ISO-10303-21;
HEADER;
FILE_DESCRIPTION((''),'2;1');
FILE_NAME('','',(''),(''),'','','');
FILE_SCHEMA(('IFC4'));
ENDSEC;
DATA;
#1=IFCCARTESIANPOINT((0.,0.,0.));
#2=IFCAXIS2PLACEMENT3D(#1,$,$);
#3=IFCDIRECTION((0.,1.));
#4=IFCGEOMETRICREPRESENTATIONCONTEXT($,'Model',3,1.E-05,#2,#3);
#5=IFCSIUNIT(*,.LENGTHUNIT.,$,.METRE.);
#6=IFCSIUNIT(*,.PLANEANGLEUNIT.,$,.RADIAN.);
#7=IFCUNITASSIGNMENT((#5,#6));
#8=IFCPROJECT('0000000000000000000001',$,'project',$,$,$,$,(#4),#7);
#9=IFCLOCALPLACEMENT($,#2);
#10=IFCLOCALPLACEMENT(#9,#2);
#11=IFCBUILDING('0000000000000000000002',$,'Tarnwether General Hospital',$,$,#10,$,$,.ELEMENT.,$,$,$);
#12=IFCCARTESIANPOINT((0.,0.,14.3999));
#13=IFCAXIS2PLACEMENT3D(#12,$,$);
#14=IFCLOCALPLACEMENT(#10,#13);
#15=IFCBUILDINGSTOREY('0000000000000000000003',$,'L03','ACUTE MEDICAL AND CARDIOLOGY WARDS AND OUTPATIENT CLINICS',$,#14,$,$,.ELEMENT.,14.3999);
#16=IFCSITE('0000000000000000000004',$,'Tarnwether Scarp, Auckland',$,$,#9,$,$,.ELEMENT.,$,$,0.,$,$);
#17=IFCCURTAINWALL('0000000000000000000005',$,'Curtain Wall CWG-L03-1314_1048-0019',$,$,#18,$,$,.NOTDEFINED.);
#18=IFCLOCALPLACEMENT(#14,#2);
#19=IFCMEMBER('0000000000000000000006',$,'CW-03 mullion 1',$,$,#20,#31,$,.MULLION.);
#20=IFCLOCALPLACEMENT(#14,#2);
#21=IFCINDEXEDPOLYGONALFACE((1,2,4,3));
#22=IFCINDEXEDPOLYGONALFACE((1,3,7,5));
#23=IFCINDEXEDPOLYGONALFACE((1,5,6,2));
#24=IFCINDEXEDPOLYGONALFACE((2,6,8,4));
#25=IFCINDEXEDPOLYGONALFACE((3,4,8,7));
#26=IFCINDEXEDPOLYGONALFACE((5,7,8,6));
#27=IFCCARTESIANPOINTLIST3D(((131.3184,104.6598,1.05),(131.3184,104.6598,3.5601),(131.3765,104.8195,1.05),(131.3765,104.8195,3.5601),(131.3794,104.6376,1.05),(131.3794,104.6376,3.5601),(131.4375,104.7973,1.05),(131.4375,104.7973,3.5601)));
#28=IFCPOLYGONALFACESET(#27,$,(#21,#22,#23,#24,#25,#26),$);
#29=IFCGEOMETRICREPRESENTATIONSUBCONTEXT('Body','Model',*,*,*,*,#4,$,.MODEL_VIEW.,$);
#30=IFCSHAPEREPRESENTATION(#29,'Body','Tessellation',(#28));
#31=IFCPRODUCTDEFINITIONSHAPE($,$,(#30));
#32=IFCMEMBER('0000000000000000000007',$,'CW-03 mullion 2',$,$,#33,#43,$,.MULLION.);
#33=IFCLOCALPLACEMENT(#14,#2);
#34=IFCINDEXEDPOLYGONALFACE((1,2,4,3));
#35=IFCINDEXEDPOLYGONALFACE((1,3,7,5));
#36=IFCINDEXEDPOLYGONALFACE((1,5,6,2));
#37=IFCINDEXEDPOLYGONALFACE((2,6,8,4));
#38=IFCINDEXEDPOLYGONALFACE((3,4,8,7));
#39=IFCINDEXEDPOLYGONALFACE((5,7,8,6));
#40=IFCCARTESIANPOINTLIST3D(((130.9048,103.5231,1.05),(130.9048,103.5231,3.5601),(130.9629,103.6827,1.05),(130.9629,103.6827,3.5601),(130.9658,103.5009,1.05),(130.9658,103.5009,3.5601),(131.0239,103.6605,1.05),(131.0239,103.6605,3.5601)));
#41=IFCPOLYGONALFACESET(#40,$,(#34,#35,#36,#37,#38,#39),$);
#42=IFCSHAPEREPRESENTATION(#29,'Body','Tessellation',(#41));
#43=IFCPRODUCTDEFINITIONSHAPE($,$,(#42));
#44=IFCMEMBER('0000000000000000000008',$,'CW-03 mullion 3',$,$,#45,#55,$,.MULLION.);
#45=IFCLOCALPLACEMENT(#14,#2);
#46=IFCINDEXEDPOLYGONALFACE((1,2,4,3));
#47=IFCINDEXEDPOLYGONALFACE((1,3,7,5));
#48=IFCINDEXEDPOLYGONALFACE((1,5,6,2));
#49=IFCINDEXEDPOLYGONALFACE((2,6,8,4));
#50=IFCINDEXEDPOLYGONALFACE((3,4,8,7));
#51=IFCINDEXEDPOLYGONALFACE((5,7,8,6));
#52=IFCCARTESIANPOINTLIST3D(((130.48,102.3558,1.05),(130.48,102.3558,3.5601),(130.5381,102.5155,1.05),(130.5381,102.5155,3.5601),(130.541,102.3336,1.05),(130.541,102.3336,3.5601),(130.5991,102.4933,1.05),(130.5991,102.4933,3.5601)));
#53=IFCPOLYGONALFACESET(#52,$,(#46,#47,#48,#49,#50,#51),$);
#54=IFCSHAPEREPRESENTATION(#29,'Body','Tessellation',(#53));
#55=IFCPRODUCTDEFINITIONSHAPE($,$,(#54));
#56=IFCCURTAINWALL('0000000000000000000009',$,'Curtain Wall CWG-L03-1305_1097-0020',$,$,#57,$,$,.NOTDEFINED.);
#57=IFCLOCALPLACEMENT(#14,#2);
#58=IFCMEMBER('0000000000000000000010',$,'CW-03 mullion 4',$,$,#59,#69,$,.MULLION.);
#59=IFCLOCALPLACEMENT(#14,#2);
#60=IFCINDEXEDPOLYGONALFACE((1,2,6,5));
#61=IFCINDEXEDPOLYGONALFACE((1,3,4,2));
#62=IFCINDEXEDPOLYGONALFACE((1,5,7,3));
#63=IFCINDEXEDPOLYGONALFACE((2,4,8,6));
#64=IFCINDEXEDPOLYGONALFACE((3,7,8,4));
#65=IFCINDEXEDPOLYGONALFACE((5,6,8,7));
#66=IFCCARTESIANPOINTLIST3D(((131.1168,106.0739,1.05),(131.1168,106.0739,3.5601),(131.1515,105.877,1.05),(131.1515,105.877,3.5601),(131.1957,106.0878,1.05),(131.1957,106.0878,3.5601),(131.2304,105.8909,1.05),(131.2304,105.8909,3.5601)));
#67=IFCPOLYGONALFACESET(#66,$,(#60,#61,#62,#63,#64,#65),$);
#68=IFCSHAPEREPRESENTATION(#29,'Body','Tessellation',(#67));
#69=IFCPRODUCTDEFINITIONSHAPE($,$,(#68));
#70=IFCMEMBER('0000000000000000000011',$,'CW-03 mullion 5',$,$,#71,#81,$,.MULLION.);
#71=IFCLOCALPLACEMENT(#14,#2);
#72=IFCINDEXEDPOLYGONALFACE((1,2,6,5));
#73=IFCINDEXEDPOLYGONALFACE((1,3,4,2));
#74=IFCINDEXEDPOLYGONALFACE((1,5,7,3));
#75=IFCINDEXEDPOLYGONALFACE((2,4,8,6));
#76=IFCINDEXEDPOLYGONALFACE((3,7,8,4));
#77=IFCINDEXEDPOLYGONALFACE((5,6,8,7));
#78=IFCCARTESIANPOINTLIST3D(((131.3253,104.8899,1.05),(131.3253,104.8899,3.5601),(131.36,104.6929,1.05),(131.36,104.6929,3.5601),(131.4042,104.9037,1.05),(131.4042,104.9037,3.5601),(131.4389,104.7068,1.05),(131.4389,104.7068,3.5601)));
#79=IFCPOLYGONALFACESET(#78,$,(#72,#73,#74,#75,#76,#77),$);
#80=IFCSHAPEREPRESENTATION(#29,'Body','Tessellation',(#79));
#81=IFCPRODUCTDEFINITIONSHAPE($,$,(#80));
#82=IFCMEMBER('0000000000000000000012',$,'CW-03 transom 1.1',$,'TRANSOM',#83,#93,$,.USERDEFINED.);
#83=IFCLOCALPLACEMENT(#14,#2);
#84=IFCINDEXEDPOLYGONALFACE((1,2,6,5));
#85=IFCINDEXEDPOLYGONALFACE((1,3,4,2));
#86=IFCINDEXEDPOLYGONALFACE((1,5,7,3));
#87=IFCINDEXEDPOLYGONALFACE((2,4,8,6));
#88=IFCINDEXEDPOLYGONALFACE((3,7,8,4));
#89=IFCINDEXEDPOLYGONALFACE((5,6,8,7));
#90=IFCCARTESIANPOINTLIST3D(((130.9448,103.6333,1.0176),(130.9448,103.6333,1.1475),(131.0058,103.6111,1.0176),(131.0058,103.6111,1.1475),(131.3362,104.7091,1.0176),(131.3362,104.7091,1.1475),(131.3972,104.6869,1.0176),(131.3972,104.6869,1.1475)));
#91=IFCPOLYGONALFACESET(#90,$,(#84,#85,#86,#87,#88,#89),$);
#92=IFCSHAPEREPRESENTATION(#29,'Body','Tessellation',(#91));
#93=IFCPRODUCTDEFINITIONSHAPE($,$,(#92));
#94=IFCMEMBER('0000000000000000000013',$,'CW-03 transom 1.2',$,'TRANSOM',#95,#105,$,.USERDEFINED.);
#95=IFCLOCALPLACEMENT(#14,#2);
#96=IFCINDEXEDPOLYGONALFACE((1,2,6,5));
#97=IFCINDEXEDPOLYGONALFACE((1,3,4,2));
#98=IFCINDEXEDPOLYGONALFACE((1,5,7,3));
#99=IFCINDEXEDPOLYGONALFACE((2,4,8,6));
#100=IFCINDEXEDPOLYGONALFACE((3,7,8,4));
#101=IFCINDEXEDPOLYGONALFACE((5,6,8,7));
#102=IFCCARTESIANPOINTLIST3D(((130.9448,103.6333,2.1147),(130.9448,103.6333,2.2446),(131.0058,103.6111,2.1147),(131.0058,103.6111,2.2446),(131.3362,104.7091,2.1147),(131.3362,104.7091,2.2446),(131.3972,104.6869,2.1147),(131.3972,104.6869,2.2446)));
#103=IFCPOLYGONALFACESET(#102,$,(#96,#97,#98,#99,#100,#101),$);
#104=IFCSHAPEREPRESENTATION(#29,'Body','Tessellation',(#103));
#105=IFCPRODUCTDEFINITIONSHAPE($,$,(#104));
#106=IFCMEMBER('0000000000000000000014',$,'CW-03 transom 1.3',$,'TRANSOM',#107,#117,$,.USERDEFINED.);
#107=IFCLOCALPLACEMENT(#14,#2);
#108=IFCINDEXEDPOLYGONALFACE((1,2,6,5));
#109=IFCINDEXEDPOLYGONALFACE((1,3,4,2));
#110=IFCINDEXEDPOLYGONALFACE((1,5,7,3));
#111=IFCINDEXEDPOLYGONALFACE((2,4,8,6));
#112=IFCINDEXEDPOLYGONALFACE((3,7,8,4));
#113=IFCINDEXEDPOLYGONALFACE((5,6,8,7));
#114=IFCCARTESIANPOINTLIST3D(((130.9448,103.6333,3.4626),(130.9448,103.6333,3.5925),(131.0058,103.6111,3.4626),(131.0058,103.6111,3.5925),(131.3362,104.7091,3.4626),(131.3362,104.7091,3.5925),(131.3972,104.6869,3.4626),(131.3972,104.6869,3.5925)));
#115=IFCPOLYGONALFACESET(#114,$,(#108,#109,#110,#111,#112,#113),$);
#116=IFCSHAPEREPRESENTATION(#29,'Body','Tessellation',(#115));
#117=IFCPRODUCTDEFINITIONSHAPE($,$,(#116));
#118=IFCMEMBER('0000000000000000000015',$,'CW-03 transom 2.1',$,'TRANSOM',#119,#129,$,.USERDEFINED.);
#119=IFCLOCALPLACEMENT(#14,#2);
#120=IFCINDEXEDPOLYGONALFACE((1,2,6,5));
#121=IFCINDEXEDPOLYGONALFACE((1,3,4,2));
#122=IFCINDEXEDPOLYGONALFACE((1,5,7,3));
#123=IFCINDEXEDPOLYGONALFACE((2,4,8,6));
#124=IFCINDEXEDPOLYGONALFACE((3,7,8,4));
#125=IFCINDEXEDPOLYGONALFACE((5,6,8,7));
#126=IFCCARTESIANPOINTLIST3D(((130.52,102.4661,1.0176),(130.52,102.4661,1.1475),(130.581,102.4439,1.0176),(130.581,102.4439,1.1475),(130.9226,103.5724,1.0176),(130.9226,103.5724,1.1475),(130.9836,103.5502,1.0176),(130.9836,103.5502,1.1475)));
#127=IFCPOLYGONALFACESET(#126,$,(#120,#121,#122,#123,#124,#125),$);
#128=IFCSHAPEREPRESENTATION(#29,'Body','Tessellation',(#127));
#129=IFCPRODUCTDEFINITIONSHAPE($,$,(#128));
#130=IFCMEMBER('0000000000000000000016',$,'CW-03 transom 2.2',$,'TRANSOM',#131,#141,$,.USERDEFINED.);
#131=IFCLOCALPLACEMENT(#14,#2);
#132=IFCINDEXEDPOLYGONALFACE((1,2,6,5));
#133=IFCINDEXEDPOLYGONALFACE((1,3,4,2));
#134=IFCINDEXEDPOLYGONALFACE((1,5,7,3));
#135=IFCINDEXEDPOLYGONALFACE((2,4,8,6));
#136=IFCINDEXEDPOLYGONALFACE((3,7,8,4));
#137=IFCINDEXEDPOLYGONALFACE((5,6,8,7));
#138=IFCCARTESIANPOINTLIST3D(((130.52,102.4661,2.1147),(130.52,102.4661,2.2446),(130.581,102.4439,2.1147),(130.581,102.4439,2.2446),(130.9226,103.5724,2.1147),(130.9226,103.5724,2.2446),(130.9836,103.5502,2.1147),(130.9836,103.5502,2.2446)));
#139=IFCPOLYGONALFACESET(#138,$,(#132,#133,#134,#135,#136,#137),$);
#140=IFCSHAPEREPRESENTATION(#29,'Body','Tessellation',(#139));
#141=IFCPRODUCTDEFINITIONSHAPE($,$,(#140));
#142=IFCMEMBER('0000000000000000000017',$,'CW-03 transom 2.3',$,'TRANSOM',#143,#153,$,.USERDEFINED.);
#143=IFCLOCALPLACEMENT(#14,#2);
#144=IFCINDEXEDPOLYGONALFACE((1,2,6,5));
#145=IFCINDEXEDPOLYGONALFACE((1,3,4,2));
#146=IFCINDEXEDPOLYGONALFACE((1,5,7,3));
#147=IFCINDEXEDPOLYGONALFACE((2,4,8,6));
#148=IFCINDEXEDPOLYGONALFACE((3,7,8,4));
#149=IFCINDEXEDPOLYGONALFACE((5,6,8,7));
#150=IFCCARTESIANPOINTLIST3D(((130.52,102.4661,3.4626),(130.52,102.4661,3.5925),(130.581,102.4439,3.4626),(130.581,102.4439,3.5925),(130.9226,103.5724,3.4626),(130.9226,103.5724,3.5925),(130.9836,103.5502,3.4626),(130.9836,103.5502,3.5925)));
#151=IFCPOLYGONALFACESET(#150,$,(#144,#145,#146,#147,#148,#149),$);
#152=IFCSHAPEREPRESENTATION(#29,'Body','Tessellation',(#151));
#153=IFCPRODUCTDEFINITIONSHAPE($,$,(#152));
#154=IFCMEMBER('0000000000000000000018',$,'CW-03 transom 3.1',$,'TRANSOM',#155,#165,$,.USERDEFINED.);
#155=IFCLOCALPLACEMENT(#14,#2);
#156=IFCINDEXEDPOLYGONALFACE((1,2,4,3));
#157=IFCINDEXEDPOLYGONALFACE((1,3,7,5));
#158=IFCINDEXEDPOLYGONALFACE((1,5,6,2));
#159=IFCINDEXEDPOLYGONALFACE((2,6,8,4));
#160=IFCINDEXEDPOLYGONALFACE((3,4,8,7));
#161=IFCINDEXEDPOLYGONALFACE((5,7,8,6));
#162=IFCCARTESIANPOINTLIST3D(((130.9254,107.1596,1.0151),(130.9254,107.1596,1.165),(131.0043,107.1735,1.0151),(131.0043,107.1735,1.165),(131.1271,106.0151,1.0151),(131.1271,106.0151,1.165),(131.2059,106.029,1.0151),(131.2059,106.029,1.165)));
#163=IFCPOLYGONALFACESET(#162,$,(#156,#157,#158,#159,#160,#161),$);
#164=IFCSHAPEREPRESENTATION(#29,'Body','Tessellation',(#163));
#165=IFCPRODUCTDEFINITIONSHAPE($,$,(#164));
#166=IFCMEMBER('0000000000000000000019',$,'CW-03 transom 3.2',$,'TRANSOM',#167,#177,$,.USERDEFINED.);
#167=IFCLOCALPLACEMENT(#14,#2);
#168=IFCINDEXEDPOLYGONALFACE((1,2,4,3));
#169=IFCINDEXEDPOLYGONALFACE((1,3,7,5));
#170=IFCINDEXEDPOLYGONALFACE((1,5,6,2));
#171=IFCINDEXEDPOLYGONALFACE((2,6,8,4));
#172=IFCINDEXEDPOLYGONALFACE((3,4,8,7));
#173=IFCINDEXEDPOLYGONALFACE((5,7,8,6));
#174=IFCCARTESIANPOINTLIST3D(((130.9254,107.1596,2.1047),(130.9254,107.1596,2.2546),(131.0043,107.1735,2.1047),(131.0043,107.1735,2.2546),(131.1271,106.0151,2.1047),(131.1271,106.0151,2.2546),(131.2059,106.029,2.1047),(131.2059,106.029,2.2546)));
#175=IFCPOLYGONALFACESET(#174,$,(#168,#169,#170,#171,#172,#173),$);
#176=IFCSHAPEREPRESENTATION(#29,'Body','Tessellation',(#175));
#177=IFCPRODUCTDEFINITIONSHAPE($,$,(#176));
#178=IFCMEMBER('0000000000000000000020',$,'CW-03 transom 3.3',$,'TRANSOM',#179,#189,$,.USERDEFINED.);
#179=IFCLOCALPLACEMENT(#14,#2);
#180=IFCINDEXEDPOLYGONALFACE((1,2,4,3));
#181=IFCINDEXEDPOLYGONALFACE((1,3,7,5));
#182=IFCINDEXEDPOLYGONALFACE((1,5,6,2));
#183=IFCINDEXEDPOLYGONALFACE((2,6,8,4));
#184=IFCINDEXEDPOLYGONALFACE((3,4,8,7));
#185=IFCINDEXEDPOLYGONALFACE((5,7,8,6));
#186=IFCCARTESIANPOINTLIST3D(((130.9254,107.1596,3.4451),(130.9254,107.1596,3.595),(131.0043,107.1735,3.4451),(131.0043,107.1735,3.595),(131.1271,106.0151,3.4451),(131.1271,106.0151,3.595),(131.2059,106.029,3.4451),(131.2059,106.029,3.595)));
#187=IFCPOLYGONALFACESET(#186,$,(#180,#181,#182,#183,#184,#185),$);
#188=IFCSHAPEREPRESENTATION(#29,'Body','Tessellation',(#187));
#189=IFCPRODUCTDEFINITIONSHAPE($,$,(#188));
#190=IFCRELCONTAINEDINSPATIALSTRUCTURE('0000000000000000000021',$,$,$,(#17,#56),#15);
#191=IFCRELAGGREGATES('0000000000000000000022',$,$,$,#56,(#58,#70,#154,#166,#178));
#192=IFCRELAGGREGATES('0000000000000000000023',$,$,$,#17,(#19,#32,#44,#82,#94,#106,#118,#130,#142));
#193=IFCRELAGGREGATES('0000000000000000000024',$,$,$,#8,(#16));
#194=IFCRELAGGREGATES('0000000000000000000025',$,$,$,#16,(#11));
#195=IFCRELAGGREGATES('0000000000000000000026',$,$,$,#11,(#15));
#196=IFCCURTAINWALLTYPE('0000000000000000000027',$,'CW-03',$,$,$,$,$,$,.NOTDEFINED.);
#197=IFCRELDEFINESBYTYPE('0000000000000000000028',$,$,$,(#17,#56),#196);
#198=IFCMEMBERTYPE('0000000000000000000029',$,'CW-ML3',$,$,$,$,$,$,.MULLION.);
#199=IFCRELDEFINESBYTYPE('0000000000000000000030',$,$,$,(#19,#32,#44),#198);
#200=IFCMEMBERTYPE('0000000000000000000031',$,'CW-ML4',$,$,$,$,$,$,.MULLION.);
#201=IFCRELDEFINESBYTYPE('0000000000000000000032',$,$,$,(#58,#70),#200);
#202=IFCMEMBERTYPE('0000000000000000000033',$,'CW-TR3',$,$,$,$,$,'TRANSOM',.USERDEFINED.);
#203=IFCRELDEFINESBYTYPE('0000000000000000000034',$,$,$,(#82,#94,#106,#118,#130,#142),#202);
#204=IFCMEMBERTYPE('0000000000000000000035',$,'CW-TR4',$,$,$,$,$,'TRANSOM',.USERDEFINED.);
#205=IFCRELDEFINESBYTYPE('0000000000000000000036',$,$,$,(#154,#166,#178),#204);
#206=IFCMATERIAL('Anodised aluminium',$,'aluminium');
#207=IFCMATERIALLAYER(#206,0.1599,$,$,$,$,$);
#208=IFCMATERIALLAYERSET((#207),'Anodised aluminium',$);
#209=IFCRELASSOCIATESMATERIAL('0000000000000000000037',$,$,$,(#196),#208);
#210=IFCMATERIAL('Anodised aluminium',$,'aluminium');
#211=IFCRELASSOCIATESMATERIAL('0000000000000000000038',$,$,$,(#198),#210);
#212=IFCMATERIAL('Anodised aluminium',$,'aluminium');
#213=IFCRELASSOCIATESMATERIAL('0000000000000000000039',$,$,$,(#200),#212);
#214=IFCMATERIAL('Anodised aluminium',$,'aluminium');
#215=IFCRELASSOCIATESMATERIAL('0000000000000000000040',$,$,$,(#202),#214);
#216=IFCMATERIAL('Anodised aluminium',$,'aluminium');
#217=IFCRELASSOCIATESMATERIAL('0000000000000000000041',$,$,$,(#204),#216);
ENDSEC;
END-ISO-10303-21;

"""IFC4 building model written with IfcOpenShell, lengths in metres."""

from ifc_helpers import new_model, si_unit, direction, frame, origin, origin_2d, place, context, subcontext, project, spatial, rectangle, extrude, material, layer, layer_set, material_profile, profile_set, type_object, element, aggregate, save


model = new_model("IFC4")

# Units and contexts
model_context = context("Model", 3, precision=1e-05, world=origin(), true_north=direction((0.0, 1.0)))
body_context = subcontext(model_context, "Body", "Model", "MODEL_VIEW")
ifc_project = project(units=[si_unit("LENGTHUNIT", "METRE"), si_unit("PLANEANGLEUNIT", "RADIAN")], contexts=[model_context])

# Site, building, storey
site_placement = place(None, origin())
site = spatial("IfcSite", under=ifc_project, at=site_placement, Name="Tarnwether Scarp, Auckland", CompositionType="ELEMENT", RefElevation=0.0)
building_placement = place(site_placement, origin())
building = spatial("IfcBuilding", under=site, at=building_placement, Name="Tarnwether General Hospital", CompositionType="ELEMENT")
storey_placement = place(building_placement, frame((0.0, 0.0, 14.3999)))
storey = spatial("IfcBuildingStorey", under=building, at=storey_placement, Name="L03", Description="ACUTE MEDICAL AND CARDIOLOGY WARDS AND OUTPATIENT CLINICS", CompositionType="ELEMENT", Elevation=14.3999)

# Curtain walls, members
ifc_material_1 = material(Name="Anodised aluminium", Category="aluminium")
ifc_layer_1 = layer(ifc_material_1, 0.1599)
ifc_layer_set_1 = layer_set([ifc_layer_1], Name="Anodised aluminium")
curtain_wall_type = type_object("IfcCurtainWallType", Name="CW-03", PredefinedType="NOTDEFINED", material=ifc_layer_set_1)
curtain_wall_1_placement = place(storey_placement, origin())
curtain_wall_1 = element("IfcCurtainWall", 1, at=curtain_wall_1_placement, inside=storey, type_object=curtain_wall_type, Name="Curtain Wall CWG-L03-1314_1048-0019", PredefinedType="NOTDEFINED")
ifc_material_2 = material(Name="Anodised aluminium", Category="aluminium")
ifc_material_profile_1 = material_profile(ifc_material_2, rectangle(XDim=0.0649, YDim=0.1699, at=origin_2d()), Name="ALU-MUL-65x170")
ifc_profile_set_1 = profile_set([ifc_material_profile_1], Name="Anodised aluminium")
member_type_1 = type_object("IfcMemberType", Name="CW-ML3", PredefinedType="MULLION", material=ifc_profile_set_1)
member_1_placement = place(storey_placement, frame((131.3779, 104.7285, 1.05), z_axis=(0.0, 0.0, 1.0), x_axis=(0.939717, -0.341953, 0.0)))
member_1 = element("IfcMember", 2, at=member_1_placement, type_object=member_type_1, Name="CW-03 mullion 1", PredefinedType="MULLION", context=body_context, shape_type="SweptSolid", body=[
    extrude(rectangle(XDim=0.0649, YDim=0.1699, at=origin_2d()), origin(), (0.0, 0.0, 1.0), 2.51),
])
member_2_placement = place(storey_placement, frame((130.9644, 103.5918, 1.05), z_axis=(0.0, 0.0, 1.0), x_axis=(0.939717, -0.341953, 0.0)))
member_2 = element("IfcMember", 3, at=member_2_placement, type_object=member_type_1, Name="CW-03 mullion 2", PredefinedType="MULLION", context=body_context, shape_type="SweptSolid", body=[
    extrude(rectangle(XDim=0.0649, YDim=0.1699, at=origin_2d()), origin(), (0.0, 0.0, 1.0), 2.51),
])
member_3_placement = place(storey_placement, frame((130.5396, 102.4246, 1.05), z_axis=(0.0, 0.0, 1.0), x_axis=(0.939717, -0.341953, 0.0)))
member_3 = element("IfcMember", 4, at=member_3_placement, type_object=member_type_1, Name="CW-03 mullion 3", PredefinedType="MULLION", context=body_context, shape_type="SweptSolid", body=[
    extrude(rectangle(XDim=0.0649, YDim=0.1699, at=origin_2d()), origin(), (0.0, 0.0, 1.0), 2.51),
])
curtain_wall_2_placement = place(storey_placement, origin())
curtain_wall_2 = element("IfcCurtainWall", 5, at=curtain_wall_2_placement, inside=storey, type_object=curtain_wall_type, Name="Curtain Wall CWG-L03-1305_1097-0020", PredefinedType="NOTDEFINED")
ifc_material_3 = material(Name="Anodised aluminium", Category="aluminium")
ifc_material_profile_2 = material_profile(ifc_material_3, rectangle(XDim=0.0801, YDim=0.2, at=origin_2d()), Name="ALU-MUL-80x200")
ifc_profile_set_2 = profile_set([ifc_material_profile_2], Name="Anodised aluminium")
member_type_2 = type_object("IfcMemberType", Name="CW-ML4", PredefinedType="MULLION", material=ifc_profile_set_2)
member_4_placement = place(storey_placement, frame((131.1736, 105.9824, 1.05), z_axis=(0.0, 0.0, 1.0), x_axis=(0.98484, 0.173464, 0.0)))
member_4 = element("IfcMember", 6, at=member_4_placement, type_object=member_type_2, Name="CW-03 mullion 4", PredefinedType="MULLION", context=body_context, shape_type="SweptSolid", body=[
    extrude(rectangle(XDim=0.0801, YDim=0.2, at=origin_2d()), origin(), (0.0, 0.0, 1.0), 2.51),
])
member_5_placement = place(storey_placement, frame((131.3821, 104.7983, 1.05), z_axis=(0.0, 0.0, 1.0), x_axis=(0.98484, 0.173464, 0.0)))
member_5 = element("IfcMember", 7, at=member_5_placement, type_object=member_type_2, Name="CW-03 mullion 5", PredefinedType="MULLION", context=body_context, shape_type="SweptSolid", body=[
    extrude(rectangle(XDim=0.0801, YDim=0.2, at=origin_2d()), origin(), (0.0, 0.0, 1.0), 2.51),
])

# Members
ifc_material_4 = material(Name="Anodised aluminium", Category="aluminium")
ifc_material_profile_3 = material_profile(ifc_material_4, rectangle(XDim=0.0649, YDim=0.1299, at=origin_2d()), Name="ALU-TRN-65x130")
ifc_profile_set_3 = profile_set([ifc_material_profile_3], Name="Anodised aluminium")
member_type_3 = type_object("IfcMemberType", Name="CW-TR3", ElementType="TRANSOM", PredefinedType="USERDEFINED", material=ifc_profile_set_3)
member_6_placement = place(storey_placement, frame((131.3667, 104.698, 1.0825), z_axis=(-0.341897, -0.939737, 0.0), x_axis=(0.939737, -0.341897, 0.0)))
member_6 = element("IfcMember", 8, at=member_6_placement, type_object=member_type_3, Name="CW-03 transom 1.1", ObjectType="TRANSOM", PredefinedType="USERDEFINED", context=body_context, shape_type="SweptSolid", body=[
    extrude(rectangle(XDim=0.0649, YDim=0.1299, at=origin_2d()), origin(), (0.0, 0.0, 1.0), 1.1448),
])
member_7_placement = place(storey_placement, frame((131.3667, 104.698, 2.1797), z_axis=(-0.341897, -0.939737, 0.0), x_axis=(0.939737, -0.341897, 0.0)))
member_7 = element("IfcMember", 9, at=member_7_placement, type_object=member_type_3, Name="CW-03 transom 1.2", ObjectType="TRANSOM", PredefinedType="USERDEFINED", context=body_context, shape_type="SweptSolid", body=[
    extrude(rectangle(XDim=0.0649, YDim=0.1299, at=origin_2d()), origin(), (0.0, 0.0, 1.0), 1.1448),
])
member_8_placement = place(storey_placement, frame((131.3667, 104.698, 3.5276), z_axis=(-0.341897, -0.939737, 0.0), x_axis=(0.939737, -0.341897, 0.0)))
member_8 = element("IfcMember", 10, at=member_8_placement, type_object=member_type_3, Name="CW-03 transom 1.3", ObjectType="TRANSOM", PredefinedType="USERDEFINED", context=body_context, shape_type="SweptSolid", body=[
    extrude(rectangle(XDim=0.0649, YDim=0.1299, at=origin_2d()), origin(), (0.0, 0.0, 1.0), 1.1448),
])
member_9_placement = place(storey_placement, frame((130.9531, 103.5613, 1.0825), z_axis=(-0.341993, -0.939703, 0.0), x_axis=(0.939703, -0.341993, 0.0)))
member_9 = element("IfcMember", 11, at=member_9_placement, type_object=member_type_3, Name="CW-03 transom 2.1", ObjectType="TRANSOM", PredefinedType="USERDEFINED", context=body_context, shape_type="SweptSolid", body=[
    extrude(rectangle(XDim=0.0649, YDim=0.1299, at=origin_2d()), origin(), (0.0, 0.0, 1.0), 1.1772),
])
member_10_placement = place(storey_placement, frame((130.9531, 103.5613, 2.1797), z_axis=(-0.341993, -0.939703, 0.0), x_axis=(0.939703, -0.341993, 0.0)))
member_10 = element("IfcMember", 12, at=member_10_placement, type_object=member_type_3, Name="CW-03 transom 2.2", ObjectType="TRANSOM", PredefinedType="USERDEFINED", context=body_context, shape_type="SweptSolid", body=[
    extrude(rectangle(XDim=0.0649, YDim=0.1299, at=origin_2d()), origin(), (0.0, 0.0, 1.0), 1.1772),
])
member_11_placement = place(storey_placement, frame((130.9531, 103.5613, 3.5276), z_axis=(-0.341993, -0.939703, 0.0), x_axis=(0.939703, -0.341993, 0.0)))
member_11 = element("IfcMember", 13, at=member_11_placement, type_object=member_type_3, Name="CW-03 transom 2.3", ObjectType="TRANSOM", PredefinedType="USERDEFINED", context=body_context, shape_type="SweptSolid", body=[
    extrude(rectangle(XDim=0.0649, YDim=0.1299, at=origin_2d()), origin(), (0.0, 0.0, 1.0), 1.1772),
])
ifc_material_5 = material(Name="Anodised aluminium", Category="aluminium")
ifc_material_profile_4 = material_profile(ifc_material_5, rectangle(XDim=0.0801, YDim=0.1499, at=origin_2d()), Name="ALU-TRN-80x150")
ifc_profile_set_4 = profile_set([ifc_material_profile_4], Name="Anodised aluminium")
member_type_4 = type_object("IfcMemberType", Name="CW-TR4", ElementType="TRANSOM", PredefinedType="USERDEFINED", material=ifc_profile_set_4)
member_12_placement = place(storey_placement, frame((130.9648, 107.1665, 1.0901), z_axis=(0.173522, -0.98483, 0.0), x_axis=(0.98483, 0.173522, 0.0)))
member_12 = element("IfcMember", 14, at=member_12_placement, type_object=member_type_4, Name="CW-03 transom 3.1", ObjectType="TRANSOM", PredefinedType="USERDEFINED", context=body_context, shape_type="SweptSolid", body=[
    extrude(rectangle(XDim=0.0801, YDim=0.1499, at=origin_2d()), origin(), (0.0, 0.0, 1.0), 1.1621),
])
member_13_placement = place(storey_placement, frame((130.9648, 107.1665, 2.1797), z_axis=(0.173522, -0.98483, 0.0), x_axis=(0.98483, 0.173522, 0.0)))
member_13 = element("IfcMember", 15, at=member_13_placement, type_object=member_type_4, Name="CW-03 transom 3.2", ObjectType="TRANSOM", PredefinedType="USERDEFINED", context=body_context, shape_type="SweptSolid", body=[
    extrude(rectangle(XDim=0.0801, YDim=0.1499, at=origin_2d()), origin(), (0.0, 0.0, 1.0), 1.1621),
])
member_14_placement = place(storey_placement, frame((130.9648, 107.1665, 3.52), z_axis=(0.173522, -0.98483, 0.0), x_axis=(0.98483, 0.173522, 0.0)))
member_14 = element("IfcMember", 16, at=member_14_placement, type_object=member_type_4, Name="CW-03 transom 3.3", ObjectType="TRANSOM", PredefinedType="USERDEFINED", context=body_context, shape_type="SweptSolid", body=[
    extrude(rectangle(XDim=0.0801, YDim=0.1499, at=origin_2d()), origin(), (0.0, 0.0, 1.0), 1.1621),
])

aggregate(curtain_wall_2, [member_4, member_5, member_12, member_13, member_14])
aggregate(curtain_wall_1, [member_1, member_2, member_3, member_6, member_7, member_8, member_9, member_10, member_11])

save(model, "model.ifc")
